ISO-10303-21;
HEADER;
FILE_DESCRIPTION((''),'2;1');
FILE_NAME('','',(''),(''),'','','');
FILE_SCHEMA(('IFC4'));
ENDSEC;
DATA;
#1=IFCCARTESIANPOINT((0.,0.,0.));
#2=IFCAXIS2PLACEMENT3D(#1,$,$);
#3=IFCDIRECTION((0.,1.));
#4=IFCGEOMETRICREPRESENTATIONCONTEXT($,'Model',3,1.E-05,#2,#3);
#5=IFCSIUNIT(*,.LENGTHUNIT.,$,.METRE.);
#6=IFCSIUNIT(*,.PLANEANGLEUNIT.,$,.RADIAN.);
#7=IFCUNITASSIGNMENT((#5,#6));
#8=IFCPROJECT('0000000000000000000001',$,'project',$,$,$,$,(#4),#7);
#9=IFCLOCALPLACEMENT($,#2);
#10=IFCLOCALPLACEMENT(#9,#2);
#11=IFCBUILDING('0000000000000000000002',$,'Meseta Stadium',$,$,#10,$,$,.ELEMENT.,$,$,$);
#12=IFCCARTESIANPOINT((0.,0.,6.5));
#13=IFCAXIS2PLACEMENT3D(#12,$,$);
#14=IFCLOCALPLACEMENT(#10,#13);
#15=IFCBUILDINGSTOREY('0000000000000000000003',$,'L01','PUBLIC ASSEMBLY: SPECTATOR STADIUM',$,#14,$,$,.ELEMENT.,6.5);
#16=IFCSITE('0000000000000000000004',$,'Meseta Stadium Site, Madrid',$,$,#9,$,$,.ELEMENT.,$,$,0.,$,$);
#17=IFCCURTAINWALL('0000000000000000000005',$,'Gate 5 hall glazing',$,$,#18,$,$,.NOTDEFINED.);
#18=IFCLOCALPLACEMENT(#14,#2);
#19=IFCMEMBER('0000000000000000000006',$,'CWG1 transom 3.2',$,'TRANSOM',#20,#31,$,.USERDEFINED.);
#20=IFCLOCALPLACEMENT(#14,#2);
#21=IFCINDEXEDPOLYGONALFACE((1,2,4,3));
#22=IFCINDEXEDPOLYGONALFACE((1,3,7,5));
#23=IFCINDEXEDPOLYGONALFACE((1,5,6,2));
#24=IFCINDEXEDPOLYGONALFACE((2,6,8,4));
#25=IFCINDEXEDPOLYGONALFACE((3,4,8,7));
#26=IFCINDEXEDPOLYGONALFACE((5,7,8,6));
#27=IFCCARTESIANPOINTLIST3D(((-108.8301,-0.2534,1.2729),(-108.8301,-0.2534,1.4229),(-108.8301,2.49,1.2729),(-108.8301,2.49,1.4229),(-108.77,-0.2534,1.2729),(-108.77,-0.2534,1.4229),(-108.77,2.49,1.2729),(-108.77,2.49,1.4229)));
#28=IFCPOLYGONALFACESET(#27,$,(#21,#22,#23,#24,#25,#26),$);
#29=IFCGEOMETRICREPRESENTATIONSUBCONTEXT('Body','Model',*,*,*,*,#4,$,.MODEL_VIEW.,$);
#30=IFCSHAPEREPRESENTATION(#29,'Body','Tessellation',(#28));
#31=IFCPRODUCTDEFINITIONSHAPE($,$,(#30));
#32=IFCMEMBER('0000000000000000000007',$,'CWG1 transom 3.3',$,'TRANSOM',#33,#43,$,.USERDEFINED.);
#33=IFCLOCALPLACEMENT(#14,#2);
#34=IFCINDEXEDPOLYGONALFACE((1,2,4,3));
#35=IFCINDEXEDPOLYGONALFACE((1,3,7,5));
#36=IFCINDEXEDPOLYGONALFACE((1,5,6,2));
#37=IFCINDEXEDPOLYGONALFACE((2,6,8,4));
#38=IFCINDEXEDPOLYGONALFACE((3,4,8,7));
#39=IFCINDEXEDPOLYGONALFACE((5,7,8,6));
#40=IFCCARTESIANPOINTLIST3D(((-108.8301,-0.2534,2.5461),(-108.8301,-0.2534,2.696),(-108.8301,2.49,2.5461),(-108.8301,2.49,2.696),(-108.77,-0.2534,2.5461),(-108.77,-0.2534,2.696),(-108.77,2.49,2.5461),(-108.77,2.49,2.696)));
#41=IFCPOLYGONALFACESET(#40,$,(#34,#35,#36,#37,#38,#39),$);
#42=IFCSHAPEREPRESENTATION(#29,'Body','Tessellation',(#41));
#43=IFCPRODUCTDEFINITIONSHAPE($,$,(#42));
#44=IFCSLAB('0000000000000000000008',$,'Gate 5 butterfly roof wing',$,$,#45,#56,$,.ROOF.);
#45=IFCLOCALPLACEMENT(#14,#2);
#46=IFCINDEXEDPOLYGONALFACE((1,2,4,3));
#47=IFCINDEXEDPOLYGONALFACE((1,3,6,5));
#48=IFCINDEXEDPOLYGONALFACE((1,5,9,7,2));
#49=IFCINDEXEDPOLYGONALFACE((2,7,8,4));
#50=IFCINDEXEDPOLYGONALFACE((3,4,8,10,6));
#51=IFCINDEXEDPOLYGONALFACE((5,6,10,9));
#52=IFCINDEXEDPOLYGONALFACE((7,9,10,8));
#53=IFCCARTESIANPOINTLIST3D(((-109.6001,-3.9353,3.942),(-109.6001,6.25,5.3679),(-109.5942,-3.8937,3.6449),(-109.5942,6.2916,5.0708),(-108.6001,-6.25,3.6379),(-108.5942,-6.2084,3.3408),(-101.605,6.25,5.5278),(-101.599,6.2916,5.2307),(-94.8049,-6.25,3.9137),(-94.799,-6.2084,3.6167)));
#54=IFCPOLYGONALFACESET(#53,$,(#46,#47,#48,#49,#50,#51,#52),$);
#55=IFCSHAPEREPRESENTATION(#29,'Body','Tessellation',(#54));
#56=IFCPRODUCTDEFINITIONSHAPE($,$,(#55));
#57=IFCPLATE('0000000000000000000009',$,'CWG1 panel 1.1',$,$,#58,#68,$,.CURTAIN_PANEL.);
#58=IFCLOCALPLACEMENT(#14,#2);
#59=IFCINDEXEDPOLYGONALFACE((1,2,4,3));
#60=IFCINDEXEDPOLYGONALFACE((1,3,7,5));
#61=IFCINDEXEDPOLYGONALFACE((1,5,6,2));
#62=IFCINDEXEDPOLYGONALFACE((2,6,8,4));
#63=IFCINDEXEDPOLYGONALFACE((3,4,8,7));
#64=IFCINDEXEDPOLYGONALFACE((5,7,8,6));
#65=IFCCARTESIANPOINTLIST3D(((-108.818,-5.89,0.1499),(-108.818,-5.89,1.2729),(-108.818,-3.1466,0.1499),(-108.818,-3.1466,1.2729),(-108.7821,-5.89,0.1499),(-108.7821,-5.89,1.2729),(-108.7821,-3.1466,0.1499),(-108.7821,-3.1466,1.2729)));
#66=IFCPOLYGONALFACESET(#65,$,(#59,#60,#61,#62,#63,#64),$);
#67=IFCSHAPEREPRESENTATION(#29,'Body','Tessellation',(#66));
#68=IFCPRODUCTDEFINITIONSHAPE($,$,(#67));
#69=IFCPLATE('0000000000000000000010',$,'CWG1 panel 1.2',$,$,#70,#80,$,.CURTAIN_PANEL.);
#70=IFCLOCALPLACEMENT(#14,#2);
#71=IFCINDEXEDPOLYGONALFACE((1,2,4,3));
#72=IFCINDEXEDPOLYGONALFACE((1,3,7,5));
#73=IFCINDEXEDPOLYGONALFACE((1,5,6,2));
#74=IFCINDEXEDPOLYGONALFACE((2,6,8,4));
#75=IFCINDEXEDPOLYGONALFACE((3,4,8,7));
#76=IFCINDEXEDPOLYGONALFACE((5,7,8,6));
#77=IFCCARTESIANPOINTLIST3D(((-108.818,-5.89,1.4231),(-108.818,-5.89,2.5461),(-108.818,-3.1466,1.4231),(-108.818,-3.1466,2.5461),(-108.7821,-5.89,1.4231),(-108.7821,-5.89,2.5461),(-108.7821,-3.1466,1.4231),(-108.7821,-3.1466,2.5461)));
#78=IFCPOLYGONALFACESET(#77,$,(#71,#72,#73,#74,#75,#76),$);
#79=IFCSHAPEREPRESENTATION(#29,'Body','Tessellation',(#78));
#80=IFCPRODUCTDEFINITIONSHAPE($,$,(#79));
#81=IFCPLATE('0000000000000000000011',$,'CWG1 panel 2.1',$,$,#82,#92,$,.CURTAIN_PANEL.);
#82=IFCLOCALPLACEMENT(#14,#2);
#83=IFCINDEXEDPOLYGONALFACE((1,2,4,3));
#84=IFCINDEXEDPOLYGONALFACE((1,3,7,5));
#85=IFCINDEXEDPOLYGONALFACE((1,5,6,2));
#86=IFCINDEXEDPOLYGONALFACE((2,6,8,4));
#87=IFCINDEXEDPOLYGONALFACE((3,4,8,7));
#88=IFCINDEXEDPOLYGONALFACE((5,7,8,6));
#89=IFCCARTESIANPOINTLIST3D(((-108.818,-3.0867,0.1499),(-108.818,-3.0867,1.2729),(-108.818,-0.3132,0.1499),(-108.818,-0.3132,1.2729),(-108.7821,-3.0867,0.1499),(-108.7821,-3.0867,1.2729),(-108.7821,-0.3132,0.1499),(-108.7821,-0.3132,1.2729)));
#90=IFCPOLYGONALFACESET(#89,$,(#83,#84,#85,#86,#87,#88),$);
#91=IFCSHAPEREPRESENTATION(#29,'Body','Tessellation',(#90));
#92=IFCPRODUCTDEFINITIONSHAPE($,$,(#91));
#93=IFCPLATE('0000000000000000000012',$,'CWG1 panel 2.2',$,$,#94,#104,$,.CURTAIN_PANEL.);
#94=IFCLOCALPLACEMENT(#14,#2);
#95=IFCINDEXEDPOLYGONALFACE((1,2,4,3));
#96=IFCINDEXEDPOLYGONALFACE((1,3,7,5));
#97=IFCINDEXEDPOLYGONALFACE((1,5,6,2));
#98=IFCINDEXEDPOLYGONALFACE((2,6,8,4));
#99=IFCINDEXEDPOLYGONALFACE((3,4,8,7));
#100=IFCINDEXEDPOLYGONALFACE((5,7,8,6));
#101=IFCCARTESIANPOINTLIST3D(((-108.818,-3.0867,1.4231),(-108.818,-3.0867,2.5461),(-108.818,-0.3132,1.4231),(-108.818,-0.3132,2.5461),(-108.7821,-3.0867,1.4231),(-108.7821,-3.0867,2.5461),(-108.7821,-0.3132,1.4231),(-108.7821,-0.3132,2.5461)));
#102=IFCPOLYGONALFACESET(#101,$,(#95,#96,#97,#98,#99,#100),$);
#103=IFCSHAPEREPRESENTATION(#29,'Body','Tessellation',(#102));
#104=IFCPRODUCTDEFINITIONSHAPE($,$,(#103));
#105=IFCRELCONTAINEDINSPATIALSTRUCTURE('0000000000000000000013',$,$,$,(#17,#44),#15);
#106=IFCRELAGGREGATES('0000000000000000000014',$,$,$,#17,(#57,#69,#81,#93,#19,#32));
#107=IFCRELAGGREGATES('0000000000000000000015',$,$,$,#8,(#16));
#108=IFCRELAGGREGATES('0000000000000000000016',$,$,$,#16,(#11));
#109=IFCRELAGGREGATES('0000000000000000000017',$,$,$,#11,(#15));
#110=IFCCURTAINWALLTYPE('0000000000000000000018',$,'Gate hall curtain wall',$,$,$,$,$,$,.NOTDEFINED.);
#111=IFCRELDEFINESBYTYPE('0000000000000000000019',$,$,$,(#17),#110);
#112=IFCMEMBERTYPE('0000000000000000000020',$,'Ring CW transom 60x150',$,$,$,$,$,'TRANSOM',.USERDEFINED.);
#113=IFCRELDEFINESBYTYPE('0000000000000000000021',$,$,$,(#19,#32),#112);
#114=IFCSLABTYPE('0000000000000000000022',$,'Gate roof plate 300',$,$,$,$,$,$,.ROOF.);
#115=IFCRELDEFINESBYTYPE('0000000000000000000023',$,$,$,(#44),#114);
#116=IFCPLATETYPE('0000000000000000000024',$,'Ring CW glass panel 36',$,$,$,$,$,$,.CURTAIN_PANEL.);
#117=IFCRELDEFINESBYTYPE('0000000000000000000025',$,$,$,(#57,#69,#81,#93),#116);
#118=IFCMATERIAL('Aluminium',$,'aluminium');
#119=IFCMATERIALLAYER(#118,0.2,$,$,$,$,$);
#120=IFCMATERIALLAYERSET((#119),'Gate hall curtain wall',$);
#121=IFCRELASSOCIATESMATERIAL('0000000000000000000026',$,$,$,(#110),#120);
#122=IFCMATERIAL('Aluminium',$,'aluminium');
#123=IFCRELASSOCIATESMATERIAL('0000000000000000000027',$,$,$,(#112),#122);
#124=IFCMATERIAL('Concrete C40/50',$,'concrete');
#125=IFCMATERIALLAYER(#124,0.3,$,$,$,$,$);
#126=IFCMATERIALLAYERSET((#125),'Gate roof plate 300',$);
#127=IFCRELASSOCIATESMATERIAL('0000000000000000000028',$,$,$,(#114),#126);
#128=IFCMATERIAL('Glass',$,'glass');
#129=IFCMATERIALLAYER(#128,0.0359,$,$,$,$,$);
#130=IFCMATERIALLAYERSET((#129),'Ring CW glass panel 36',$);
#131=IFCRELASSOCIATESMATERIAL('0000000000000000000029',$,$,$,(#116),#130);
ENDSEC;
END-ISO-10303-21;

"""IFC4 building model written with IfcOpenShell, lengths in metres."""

from ifc_helpers import new_model, si_unit, direction, frame, origin, origin_2d, place, context, subcontext, project, spatial, polyline, rectangle, outline, extrude, material, layer, layer_set, material_profile, profile_set, type_object, element, aggregate, save


model = new_model("IFC4")

# Units and contexts
model_context = context("Model", 3, precision=1e-05, world=origin(), true_north=direction((0.0, 1.0)))
body_context = subcontext(model_context, "Body", "Model", "MODEL_VIEW")
ifc_project = project(units=[si_unit("LENGTHUNIT", "METRE"), si_unit("PLANEANGLEUNIT", "RADIAN")], contexts=[model_context])

# Site, building, storey
site_placement = place(None, origin())
site = spatial("IfcSite", under=ifc_project, at=site_placement, Name="Meseta Stadium Site, Madrid", CompositionType="ELEMENT", RefElevation=0.0)
building_placement = place(site_placement, origin())
building = spatial("IfcBuilding", under=site, at=building_placement, Name="Meseta Stadium", CompositionType="ELEMENT")
storey_placement = place(building_placement, frame((0.0, 0.0, 6.5)))
storey = spatial("IfcBuildingStorey", under=building, at=storey_placement, Name="L01", Description="PUBLIC ASSEMBLY: SPECTATOR STADIUM", CompositionType="ELEMENT", Elevation=6.5)

# Curtain wall, members
ifc_material_1 = material(Name="Aluminium", Category="aluminium")
ifc_layer_1 = layer(ifc_material_1, 0.2)
ifc_layer_set_1 = layer_set([ifc_layer_1], Name="Gate hall curtain wall")
curtain_wall_type = type_object("IfcCurtainWallType", Name="Gate hall curtain wall", PredefinedType="NOTDEFINED", material=ifc_layer_set_1)
curtain_wall_placement = place(storey_placement, origin())
curtain_wall = element("IfcCurtainWall", 1, at=curtain_wall_placement, inside=storey, type_object=curtain_wall_type, Name="Gate 5 hall glazing", PredefinedType="NOTDEFINED")
ifc_material_2 = material(Name="Aluminium", Category="aluminium")
ifc_material_profile_1 = material_profile(ifc_material_2, rectangle(XDim=0.0601, YDim=0.1499, at=origin_2d()), Name="CW 60x150")
ifc_profile_set_1 = profile_set([ifc_material_profile_1], Name="Aluminium")
member_type_1 = type_object("IfcMemberType", Name="Ring CW transom 60x150", ElementType="TRANSOM", PredefinedType="USERDEFINED", material=ifc_profile_set_1)
member_1_placement = place(storey_placement, frame((-108.8, -0.2534, 1.3479), z_axis=(0.0, 1.0, 0.0), x_axis=(-1.0, 0.0, 0.0)))
member_1 = element("IfcMember", 2, at=member_1_placement, type_object=member_type_1, Name="CWG1 transom 3.2", ObjectType="TRANSOM", PredefinedType="USERDEFINED", context=body_context, shape_type="SweptSolid", body=[
    extrude(rectangle(XDim=0.0601, YDim=0.1499, at=origin_2d()), origin(), (0.0, 0.0, 1.0), 2.7434),
])
member_2_placement = place(storey_placement, frame((-108.8, -0.2534, 2.6211), z_axis=(0.0, 1.0, 0.0), x_axis=(-1.0, 0.0, 0.0)))
member_2 = element("IfcMember", 3, at=member_2_placement, type_object=member_type_1, Name="CWG1 transom 3.3", ObjectType="TRANSOM", PredefinedType="USERDEFINED", context=body_context, shape_type="SweptSolid", body=[
    extrude(rectangle(XDim=0.0601, YDim=0.1499, at=origin_2d()), origin(), (0.0, 0.0, 1.0), 2.7434),
])

# Slab
ifc_material_3 = material(Name="Concrete C40/50", Category="concrete")
ifc_layer_2 = layer(ifc_material_3, 0.3)
ifc_layer_set_2 = layer_set([ifc_layer_2], Name="Gate roof plate 300")
slab_type = type_object("IfcSlabType", Name="Gate roof plate 300", PredefinedType="ROOF", material=ifc_layer_set_2)
slab_placement = place(storey_placement, frame((-108.6001, -6.25, 3.6379), z_axis=(-0.019796, -0.13862, 0.990148), x_axis=(0.9998, 0.000001, 0.019989)))
element("IfcSlab", 4, at=slab_placement, inside=storey, type_object=slab_type, Name="Gate 5 butterfly roof wing", PredefinedType="ROOF", context=body_context, shape_type="SweptSolid", body=[
    extrude(outline(polyline([(0.0, 0.0), (13.7979, 0.0), (7.0315, 12.6219), (-0.9652, 12.6219), (-0.9937, 2.3373), (0.0, 0.0)])), origin(), (0.0, 0.0, -1.0), 0.3),
])

# Plates
ifc_material_4 = material(Name="Glass", Category="glass")
ifc_layer_3 = layer(ifc_material_4, 0.0359)
ifc_layer_set_3 = layer_set([ifc_layer_3], Name="Ring CW glass panel 36")
plate_type = type_object("IfcPlateType", Name="Ring CW glass panel 36", PredefinedType="CURTAIN_PANEL", material=ifc_layer_set_3)
plate_1_placement = place(storey_placement, frame((-108.8, -4.5183, 0.1499), z_axis=(0.0, 0.0, 1.0), x_axis=(0.0, 1.0, 0.0)))
plate_1 = element("IfcPlate", 5, at=plate_1_placement, type_object=plate_type, Name="CWG1 panel 1.1", PredefinedType="CURTAIN_PANEL", context=body_context, shape_type="SweptSolid", body=[
    extrude(rectangle(XDim=2.7434, YDim=0.0359, at=origin_2d()), origin(), (0.0, 0.0, 1.0), 1.123),
])
plate_2_placement = place(storey_placement, frame((-108.8, -4.5183, 1.4231), z_axis=(0.0, 0.0, 1.0), x_axis=(0.0, 1.0, 0.0)))
plate_2 = element("IfcPlate", 6, at=plate_2_placement, type_object=plate_type, Name="CWG1 panel 1.2", PredefinedType="CURTAIN_PANEL", context=body_context, shape_type="SweptSolid", body=[
    extrude(rectangle(XDim=2.7434, YDim=0.0359, at=origin_2d()), origin(), (0.0, 0.0, 1.0), 1.123),
])
plate_3_placement = place(storey_placement, frame((-108.8, -1.7, 0.1499), z_axis=(0.0, 0.0, 1.0), x_axis=(0.0, 1.0, 0.0)))
plate_3 = element("IfcPlate", 7, at=plate_3_placement, type_object=plate_type, Name="CWG1 panel 2.1", PredefinedType="CURTAIN_PANEL", context=body_context, shape_type="SweptSolid", body=[
    extrude(rectangle(XDim=2.7734, YDim=0.0359, at=origin_2d()), origin(), (0.0, 0.0, 1.0), 1.123),
])
plate_4_placement = place(storey_placement, frame((-108.8, -1.7, 1.4231), z_axis=(0.0, 0.0, 1.0), x_axis=(0.0, 1.0, 0.0)))
plate_4 = element("IfcPlate", 8, at=plate_4_placement, type_object=plate_type, Name="CWG1 panel 2.2", PredefinedType="CURTAIN_PANEL", context=body_context, shape_type="SweptSolid", body=[
    extrude(rectangle(XDim=2.7734, YDim=0.0359, at=origin_2d()), origin(), (0.0, 0.0, 1.0), 1.123),
])
aggregate(curtain_wall, [plate_1, plate_2, plate_3, plate_4, member_1, member_2])

save(model, "model.ifc")
